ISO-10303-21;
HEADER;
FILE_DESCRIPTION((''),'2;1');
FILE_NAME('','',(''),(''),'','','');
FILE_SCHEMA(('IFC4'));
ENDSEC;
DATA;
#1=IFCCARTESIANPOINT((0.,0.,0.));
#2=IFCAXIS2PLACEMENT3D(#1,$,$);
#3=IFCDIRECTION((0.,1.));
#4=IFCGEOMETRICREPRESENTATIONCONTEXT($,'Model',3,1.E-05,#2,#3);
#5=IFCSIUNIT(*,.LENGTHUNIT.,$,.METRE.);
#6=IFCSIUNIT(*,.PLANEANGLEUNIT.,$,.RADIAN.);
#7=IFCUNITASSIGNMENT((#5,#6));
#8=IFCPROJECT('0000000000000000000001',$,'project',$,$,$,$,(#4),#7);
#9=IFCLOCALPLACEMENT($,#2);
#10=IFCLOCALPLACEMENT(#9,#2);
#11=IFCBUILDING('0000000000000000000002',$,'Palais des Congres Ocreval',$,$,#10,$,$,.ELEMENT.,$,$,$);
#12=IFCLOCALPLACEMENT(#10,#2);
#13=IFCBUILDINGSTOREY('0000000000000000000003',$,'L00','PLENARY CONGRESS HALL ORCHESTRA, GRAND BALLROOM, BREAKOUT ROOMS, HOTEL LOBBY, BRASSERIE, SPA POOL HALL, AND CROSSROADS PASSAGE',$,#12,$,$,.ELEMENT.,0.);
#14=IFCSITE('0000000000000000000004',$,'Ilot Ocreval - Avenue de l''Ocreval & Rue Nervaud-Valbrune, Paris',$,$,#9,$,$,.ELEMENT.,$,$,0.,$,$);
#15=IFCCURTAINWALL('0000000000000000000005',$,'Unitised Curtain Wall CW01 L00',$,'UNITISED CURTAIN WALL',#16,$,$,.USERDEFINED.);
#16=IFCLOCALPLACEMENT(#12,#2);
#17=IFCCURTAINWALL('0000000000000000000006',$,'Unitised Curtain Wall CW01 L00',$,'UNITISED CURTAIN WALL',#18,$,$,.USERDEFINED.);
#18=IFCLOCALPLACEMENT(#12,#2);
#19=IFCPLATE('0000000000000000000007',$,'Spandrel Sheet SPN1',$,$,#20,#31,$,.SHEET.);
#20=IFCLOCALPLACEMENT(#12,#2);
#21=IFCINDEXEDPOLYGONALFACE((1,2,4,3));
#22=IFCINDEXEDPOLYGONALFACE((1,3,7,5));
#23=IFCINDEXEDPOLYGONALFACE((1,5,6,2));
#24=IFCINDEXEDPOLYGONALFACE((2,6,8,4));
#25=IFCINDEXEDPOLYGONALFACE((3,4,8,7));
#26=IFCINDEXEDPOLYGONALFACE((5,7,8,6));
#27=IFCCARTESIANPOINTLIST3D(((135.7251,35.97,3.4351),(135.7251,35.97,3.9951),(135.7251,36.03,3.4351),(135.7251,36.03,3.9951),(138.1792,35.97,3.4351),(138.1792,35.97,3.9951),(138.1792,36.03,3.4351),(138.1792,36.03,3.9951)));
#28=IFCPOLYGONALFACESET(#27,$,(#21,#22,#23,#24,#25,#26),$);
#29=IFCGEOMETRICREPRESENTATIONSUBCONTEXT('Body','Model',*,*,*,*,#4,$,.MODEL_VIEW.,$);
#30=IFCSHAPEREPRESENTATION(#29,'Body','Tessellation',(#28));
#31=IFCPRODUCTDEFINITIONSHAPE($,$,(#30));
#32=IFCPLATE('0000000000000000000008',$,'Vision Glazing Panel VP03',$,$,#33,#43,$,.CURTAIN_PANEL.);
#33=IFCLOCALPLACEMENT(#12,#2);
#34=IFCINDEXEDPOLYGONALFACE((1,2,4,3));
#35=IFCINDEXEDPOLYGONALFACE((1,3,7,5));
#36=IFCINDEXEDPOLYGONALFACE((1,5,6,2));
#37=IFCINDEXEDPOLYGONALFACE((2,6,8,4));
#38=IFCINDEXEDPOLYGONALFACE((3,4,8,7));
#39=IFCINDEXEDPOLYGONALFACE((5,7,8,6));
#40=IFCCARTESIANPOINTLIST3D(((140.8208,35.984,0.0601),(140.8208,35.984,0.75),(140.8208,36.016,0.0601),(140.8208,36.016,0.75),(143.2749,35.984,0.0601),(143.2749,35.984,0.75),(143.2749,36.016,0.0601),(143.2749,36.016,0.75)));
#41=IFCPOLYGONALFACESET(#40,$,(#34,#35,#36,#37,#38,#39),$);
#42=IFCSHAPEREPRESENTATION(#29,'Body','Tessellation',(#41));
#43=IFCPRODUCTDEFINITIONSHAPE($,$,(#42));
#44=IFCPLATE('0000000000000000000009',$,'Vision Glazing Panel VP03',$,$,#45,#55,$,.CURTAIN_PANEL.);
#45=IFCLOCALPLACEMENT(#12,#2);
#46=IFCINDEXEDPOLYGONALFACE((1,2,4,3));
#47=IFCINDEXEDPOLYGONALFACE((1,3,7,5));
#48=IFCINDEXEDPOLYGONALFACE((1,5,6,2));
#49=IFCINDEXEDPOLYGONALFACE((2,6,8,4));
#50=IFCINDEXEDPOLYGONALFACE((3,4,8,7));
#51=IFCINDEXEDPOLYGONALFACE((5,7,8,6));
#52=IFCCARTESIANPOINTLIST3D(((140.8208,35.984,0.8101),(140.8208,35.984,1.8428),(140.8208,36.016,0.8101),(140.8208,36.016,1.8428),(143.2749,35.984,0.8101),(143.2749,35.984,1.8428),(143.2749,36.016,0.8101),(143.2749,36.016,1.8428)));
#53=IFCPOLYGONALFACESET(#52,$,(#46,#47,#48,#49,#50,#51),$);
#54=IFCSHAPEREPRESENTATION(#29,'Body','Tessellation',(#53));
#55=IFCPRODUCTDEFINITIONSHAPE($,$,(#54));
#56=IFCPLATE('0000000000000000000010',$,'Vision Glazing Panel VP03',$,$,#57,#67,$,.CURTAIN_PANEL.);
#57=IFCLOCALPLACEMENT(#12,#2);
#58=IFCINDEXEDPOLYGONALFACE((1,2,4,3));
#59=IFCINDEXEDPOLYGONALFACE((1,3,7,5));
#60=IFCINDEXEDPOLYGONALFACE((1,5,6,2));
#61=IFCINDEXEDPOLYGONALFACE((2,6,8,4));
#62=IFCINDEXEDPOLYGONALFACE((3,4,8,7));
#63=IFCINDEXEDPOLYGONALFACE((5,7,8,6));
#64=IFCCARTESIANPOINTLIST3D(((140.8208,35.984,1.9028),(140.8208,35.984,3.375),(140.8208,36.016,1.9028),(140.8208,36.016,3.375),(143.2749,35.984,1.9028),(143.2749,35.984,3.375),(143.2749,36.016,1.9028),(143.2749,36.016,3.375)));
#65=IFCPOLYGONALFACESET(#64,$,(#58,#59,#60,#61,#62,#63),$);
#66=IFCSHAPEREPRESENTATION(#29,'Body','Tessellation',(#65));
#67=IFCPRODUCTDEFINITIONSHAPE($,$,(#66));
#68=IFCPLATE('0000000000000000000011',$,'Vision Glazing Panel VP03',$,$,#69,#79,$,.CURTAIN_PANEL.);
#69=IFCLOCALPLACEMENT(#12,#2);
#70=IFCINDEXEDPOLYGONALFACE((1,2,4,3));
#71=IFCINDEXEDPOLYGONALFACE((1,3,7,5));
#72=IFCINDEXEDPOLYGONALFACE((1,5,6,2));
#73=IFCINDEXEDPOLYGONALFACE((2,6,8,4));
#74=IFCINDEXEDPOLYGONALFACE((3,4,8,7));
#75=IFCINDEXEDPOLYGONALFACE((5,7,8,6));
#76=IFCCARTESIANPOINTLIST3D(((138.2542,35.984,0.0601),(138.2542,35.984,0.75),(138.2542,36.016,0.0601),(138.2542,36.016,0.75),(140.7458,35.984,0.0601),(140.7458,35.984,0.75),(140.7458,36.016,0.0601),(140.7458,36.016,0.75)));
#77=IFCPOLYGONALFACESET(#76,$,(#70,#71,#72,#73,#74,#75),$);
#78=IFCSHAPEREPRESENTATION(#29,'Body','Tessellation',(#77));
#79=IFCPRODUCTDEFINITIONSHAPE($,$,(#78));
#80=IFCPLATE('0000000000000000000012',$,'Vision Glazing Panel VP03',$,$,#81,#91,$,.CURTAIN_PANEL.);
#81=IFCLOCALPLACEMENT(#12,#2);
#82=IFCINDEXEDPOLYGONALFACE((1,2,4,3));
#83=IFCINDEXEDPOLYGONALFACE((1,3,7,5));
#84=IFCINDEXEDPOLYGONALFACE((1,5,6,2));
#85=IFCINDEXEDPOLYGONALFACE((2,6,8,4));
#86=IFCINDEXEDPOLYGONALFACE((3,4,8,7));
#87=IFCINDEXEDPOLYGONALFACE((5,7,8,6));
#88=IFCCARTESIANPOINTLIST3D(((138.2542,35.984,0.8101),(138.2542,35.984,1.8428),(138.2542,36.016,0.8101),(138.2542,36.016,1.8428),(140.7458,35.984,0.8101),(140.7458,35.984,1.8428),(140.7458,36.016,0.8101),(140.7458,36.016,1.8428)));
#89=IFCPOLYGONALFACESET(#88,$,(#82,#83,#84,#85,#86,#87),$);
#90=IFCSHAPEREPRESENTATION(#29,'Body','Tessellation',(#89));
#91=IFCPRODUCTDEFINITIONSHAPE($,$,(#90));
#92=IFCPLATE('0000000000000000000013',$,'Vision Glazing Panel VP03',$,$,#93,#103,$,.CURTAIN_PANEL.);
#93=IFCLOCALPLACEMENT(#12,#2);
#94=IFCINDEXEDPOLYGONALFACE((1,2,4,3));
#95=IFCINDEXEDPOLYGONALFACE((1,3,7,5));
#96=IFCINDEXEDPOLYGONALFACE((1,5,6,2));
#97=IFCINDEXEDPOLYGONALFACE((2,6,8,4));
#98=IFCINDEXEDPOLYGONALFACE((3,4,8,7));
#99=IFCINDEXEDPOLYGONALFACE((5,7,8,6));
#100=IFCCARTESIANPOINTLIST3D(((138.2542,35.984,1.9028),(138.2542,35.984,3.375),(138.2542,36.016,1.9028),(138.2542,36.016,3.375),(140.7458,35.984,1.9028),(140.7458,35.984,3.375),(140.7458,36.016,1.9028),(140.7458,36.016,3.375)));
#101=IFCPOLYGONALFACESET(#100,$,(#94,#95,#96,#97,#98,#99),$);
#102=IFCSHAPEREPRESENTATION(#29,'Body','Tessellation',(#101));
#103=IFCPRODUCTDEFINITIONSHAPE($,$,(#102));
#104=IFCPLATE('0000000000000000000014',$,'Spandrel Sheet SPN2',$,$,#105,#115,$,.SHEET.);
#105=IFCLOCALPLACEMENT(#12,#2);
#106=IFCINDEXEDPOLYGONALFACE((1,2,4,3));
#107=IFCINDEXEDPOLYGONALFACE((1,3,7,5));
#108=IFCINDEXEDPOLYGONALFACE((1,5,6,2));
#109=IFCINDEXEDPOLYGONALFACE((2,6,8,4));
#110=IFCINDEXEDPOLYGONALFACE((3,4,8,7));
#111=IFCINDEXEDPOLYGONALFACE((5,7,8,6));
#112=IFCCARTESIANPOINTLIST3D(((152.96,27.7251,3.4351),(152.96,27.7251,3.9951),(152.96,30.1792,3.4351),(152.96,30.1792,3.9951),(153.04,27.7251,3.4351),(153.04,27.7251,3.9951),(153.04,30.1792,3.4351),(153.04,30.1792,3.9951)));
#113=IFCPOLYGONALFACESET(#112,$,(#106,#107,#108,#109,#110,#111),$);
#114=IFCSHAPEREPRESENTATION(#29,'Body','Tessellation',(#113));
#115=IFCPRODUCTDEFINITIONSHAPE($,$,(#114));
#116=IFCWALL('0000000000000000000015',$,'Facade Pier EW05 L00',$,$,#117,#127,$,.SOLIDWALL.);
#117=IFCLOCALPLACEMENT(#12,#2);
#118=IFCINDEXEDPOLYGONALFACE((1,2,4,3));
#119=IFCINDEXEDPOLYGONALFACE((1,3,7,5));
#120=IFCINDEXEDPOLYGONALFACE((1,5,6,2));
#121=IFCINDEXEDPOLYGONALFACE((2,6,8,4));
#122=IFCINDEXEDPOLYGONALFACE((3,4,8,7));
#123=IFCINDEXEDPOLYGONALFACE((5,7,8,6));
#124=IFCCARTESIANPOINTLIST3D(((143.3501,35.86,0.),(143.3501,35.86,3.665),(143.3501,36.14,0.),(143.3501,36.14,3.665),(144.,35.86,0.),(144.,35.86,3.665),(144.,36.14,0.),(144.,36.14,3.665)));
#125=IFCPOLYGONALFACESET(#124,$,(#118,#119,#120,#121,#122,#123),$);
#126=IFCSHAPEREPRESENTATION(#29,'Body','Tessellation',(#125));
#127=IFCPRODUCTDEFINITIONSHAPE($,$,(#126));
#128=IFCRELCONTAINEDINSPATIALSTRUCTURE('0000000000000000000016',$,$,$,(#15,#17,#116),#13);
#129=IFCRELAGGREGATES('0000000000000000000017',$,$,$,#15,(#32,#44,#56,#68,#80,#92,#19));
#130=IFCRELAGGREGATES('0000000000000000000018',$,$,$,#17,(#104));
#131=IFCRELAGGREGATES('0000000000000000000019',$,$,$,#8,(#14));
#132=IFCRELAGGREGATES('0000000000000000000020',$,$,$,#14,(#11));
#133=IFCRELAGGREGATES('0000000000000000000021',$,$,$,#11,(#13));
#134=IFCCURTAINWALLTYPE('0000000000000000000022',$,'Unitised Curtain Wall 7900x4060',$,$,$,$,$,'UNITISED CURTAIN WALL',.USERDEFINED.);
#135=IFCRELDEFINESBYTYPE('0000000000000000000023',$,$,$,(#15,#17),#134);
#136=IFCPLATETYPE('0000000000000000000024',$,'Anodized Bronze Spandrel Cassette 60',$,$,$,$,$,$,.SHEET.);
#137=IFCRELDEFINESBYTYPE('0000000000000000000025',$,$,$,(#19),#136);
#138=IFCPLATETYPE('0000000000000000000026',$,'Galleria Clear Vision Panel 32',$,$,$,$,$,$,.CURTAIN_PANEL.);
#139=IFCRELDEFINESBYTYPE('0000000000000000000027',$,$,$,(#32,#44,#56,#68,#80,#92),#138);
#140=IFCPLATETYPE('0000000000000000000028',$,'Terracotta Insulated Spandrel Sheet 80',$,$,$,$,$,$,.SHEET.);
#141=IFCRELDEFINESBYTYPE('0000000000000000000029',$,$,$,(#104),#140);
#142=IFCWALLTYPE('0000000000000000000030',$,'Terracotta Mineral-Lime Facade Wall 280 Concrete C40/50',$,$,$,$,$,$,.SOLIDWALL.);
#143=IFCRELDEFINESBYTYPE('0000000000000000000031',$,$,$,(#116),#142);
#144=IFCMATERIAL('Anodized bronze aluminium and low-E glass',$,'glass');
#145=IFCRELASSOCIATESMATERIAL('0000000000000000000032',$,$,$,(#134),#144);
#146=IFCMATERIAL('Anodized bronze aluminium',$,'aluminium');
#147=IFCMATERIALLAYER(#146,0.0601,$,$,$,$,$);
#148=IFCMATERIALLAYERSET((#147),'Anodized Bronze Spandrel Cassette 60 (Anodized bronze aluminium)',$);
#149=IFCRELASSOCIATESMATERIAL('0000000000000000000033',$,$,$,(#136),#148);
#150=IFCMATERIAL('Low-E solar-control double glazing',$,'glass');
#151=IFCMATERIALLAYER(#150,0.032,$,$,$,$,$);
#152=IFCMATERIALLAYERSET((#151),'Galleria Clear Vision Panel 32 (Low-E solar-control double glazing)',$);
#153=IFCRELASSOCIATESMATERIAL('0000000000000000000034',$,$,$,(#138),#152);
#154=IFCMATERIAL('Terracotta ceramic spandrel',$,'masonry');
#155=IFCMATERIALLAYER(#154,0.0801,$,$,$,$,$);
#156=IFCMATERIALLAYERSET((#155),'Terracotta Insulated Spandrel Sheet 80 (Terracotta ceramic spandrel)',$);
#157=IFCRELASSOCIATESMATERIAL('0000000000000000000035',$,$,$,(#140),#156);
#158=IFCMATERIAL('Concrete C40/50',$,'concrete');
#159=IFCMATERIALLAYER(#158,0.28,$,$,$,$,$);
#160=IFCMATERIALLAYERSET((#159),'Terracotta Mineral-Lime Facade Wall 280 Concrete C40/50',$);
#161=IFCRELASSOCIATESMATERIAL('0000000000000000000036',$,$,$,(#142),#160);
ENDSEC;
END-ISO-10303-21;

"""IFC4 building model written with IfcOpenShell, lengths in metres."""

from ifc_helpers import new_model, si_unit, direction, frame, frame_2d, origin, origin_2d, place, context, subcontext, project, spatial, rectangle, extrude, material, layer, layer_set, type_object, element, aggregate, save


model = new_model("IFC4")

# Units and contexts
model_context = context("Model", 3, precision=1e-05, world=origin(), true_north=direction((0.0, 1.0)))
body_context = subcontext(model_context, "Body", "Model", "MODEL_VIEW")
ifc_project = project(units=[si_unit("LENGTHUNIT", "METRE"), si_unit("PLANEANGLEUNIT", "RADIAN")], contexts=[model_context])

# Site, building, storey
site_placement = place(None, origin())
site = spatial("IfcSite", under=ifc_project, at=site_placement, Name="Ilot Ocreval - Avenue de l'Ocreval & Rue Nervaud-Valbrune, Paris", CompositionType="ELEMENT", RefElevation=0.0)
building_placement = place(site_placement, origin())
building = spatial("IfcBuilding", under=site, at=building_placement, Name="Palais des Congres Ocreval", CompositionType="ELEMENT")
storey_placement = place(building_placement, origin())
storey = spatial("IfcBuildingStorey", under=building, at=storey_placement, Name="L00", Description="PLENARY CONGRESS HALL ORCHESTRA, GRAND BALLROOM, BREAKOUT ROOMS, HOTEL LOBBY, BRASSERIE, SPA POOL HALL, AND CROSSROADS PASSAGE", CompositionType="ELEMENT", Elevation=0.0)

# Curtain wall
ifc_material_1 = material(Name="Anodized bronze aluminium and low-E glass", Category="glass")
curtain_wall_type = type_object("IfcCurtainWallType", Name="Unitised Curtain Wall 7900x4060", ElementType="UNITISED CURTAIN WALL", PredefinedType="USERDEFINED", material=ifc_material_1)
curtain_wall_1_placement = place(storey_placement, origin())
curtain_wall_1 = element("IfcCurtainWall", 1, at=curtain_wall_1_placement, inside=storey, type_object=curtain_wall_type, Name="Unitised Curtain Wall CW01 L00", ObjectType="UNITISED CURTAIN WALL", PredefinedType="USERDEFINED")
ifc_material_2 = material(Name="Anodized bronze aluminium", Category="aluminium")

# Curtain wall
curtain_wall_2_placement = place(storey_placement, origin())
curtain_wall_2 = element("IfcCurtainWall", 2, at=curtain_wall_2_placement, inside=storey, type_object=curtain_wall_type, Name="Unitised Curtain Wall CW01 L00", ObjectType="UNITISED CURTAIN WALL", PredefinedType="USERDEFINED")

# Plates
ifc_layer_1 = layer(ifc_material_2, 0.0601)
ifc_layer_set_1 = layer_set([ifc_layer_1], Name="Anodized Bronze Spandrel Cassette 60 (Anodized bronze aluminium)")
plate_type_1 = type_object("IfcPlateType", Name="Anodized Bronze Spandrel Cassette 60", PredefinedType="SHEET", material=ifc_layer_set_1)
plate_1_placement = place(storey_placement, frame((136.9521, 36.0, 3.4351), z_axis=(0.0, 0.0, 1.0), x_axis=(-1.0, 0.0, 0.0)))
plate_1 = element("IfcPlate", 3, at=plate_1_placement, type_object=plate_type_1, Name="Spandrel Sheet SPN1", PredefinedType="SHEET", context=body_context, shape_type="SweptSolid", body=[
    extrude(rectangle(XDim=2.4541, YDim=0.0601, at=origin_2d()), origin(), (0.0, 0.0, 1.0), 0.5601),
])
ifc_material_3 = material(Name="Low-E solar-control double glazing", Category="glass")
ifc_layer_2 = layer(ifc_material_3, 0.032)
ifc_layer_set_2 = layer_set([ifc_layer_2], Name="Galleria Clear Vision Panel 32 (Low-E solar-control double glazing)")
plate_type_2 = type_object("IfcPlateType", Name="Galleria Clear Vision Panel 32", PredefinedType="CURTAIN_PANEL", material=ifc_layer_set_2)
plate_2_placement = place(storey_placement, frame((142.0479, 36.0, 0.0601), z_axis=(0.0, 0.0, 1.0), x_axis=(-1.0, 0.0, 0.0)))
plate_2 = element("IfcPlate", 4, at=plate_2_placement, type_object=plate_type_2, Name="Vision Glazing Panel VP03", PredefinedType="CURTAIN_PANEL", context=body_context, shape_type="SweptSolid", body=[
    extrude(rectangle(XDim=2.4541, YDim=0.032, at=origin_2d()), origin(), (0.0, 0.0, 1.0), 0.6899),
])
plate_3_placement = place(storey_placement, frame((142.0479, 36.0, 0.8101), z_axis=(0.0, 0.0, 1.0), x_axis=(-1.0, 0.0, 0.0)))
plate_3 = element("IfcPlate", 5, at=plate_3_placement, type_object=plate_type_2, Name="Vision Glazing Panel VP03", PredefinedType="CURTAIN_PANEL", context=body_context, shape_type="SweptSolid", body=[
    extrude(rectangle(XDim=2.4541, YDim=0.032, at=origin_2d()), origin(), (0.0, 0.0, 1.0), 1.0327),
])
plate_4_placement = place(storey_placement, frame((142.0479, 36.0, 1.9028), z_axis=(0.0, 0.0, 1.0), x_axis=(-1.0, 0.0, 0.0)))
plate_4 = element("IfcPlate", 6, at=plate_4_placement, type_object=plate_type_2, Name="Vision Glazing Panel VP03", PredefinedType="CURTAIN_PANEL", context=body_context, shape_type="SweptSolid", body=[
    extrude(rectangle(XDim=2.4541, YDim=0.032, at=origin_2d()), origin(), (0.0, 0.0, 1.0), 1.4722),
])
plate_5_placement = place(storey_placement, frame((139.5, 36.0, 0.0601), z_axis=(0.0, 0.0, 1.0), x_axis=(-1.0, 0.0, 0.0)))
plate_5 = element("IfcPlate", 7, at=plate_5_placement, type_object=plate_type_2, Name="Vision Glazing Panel VP03", PredefinedType="CURTAIN_PANEL", context=body_context, shape_type="SweptSolid", body=[
    extrude(rectangle(XDim=2.4917, YDim=0.032, at=origin_2d()), origin(), (0.0, 0.0, 1.0), 0.6899),
])
plate_6_placement = place(storey_placement, frame((139.5, 36.0, 0.8101), z_axis=(0.0, 0.0, 1.0), x_axis=(-1.0, 0.0, 0.0)))
plate_6 = element("IfcPlate", 8, at=plate_6_placement, type_object=plate_type_2, Name="Vision Glazing Panel VP03", PredefinedType="CURTAIN_PANEL", context=body_context, shape_type="SweptSolid", body=[
    extrude(rectangle(XDim=2.4917, YDim=0.032, at=origin_2d()), origin(), (0.0, 0.0, 1.0), 1.0327),
])
plate_7_placement = place(storey_placement, frame((139.5, 36.0, 1.9028), z_axis=(0.0, 0.0, 1.0), x_axis=(-1.0, 0.0, 0.0)))
plate_7 = element("IfcPlate", 9, at=plate_7_placement, type_object=plate_type_2, Name="Vision Glazing Panel VP03", PredefinedType="CURTAIN_PANEL", context=body_context, shape_type="SweptSolid", body=[
    extrude(rectangle(XDim=2.4917, YDim=0.032, at=origin_2d()), origin(), (0.0, 0.0, 1.0), 1.4722),
])
aggregate(curtain_wall_1, [plate_2, plate_3, plate_4, plate_5, plate_6, plate_7, plate_1])
ifc_material_4 = material(Name="Terracotta ceramic spandrel", Category="masonry")
ifc_layer_3 = layer(ifc_material_4, 0.0801)
ifc_layer_set_3 = layer_set([ifc_layer_3], Name="Terracotta Insulated Spandrel Sheet 80 (Terracotta ceramic spandrel)")
plate_type_3 = type_object("IfcPlateType", Name="Terracotta Insulated Spandrel Sheet 80", PredefinedType="SHEET", material=ifc_layer_set_3)
plate_8_placement = place(storey_placement, frame((153.0, 28.9521, 3.4351), z_axis=(0.0, 0.0, 1.0), x_axis=(0.0, 1.0, 0.0)))
plate_8 = element("IfcPlate", 10, at=plate_8_placement, type_object=plate_type_3, Name="Spandrel Sheet SPN2", PredefinedType="SHEET", context=body_context, shape_type="SweptSolid", body=[
    extrude(rectangle(XDim=2.4541, YDim=0.0801, at=origin_2d()), origin(), (0.0, 0.0, 1.0), 0.5601),
])
aggregate(curtain_wall_2, [plate_8])

# Wall
ifc_material_5 = material(Name="Concrete C40/50", Category="concrete")
ifc_layer_4 = layer(ifc_material_5, 0.28)
ifc_layer_set_4 = layer_set([ifc_layer_4], Name="Terracotta Mineral-Lime Facade Wall 280 Concrete C40/50")
wall_type = type_object("IfcWallType", Name="Terracotta Mineral-Lime Facade Wall 280 Concrete C40/50", PredefinedType="SOLIDWALL", material=ifc_layer_set_4)
wall_placement = place(storey_placement, frame((144.0, 36.0, 0.0), z_axis=(0.0, 0.0, 1.0), x_axis=(-1.0, 0.0, 0.0)))
element("IfcWall", 11, at=wall_placement, inside=storey, type_object=wall_type, Name="Facade Pier EW05 L00", PredefinedType="SOLIDWALL", context=body_context, shape_type="SweptSolid", body=[
    extrude(rectangle(XDim=0.6499, YDim=0.28, at=frame_2d((0.325, 0.0))), origin(), (0.0, 0.0, 1.0), 3.665),
])

save(model, "model.ifc")
